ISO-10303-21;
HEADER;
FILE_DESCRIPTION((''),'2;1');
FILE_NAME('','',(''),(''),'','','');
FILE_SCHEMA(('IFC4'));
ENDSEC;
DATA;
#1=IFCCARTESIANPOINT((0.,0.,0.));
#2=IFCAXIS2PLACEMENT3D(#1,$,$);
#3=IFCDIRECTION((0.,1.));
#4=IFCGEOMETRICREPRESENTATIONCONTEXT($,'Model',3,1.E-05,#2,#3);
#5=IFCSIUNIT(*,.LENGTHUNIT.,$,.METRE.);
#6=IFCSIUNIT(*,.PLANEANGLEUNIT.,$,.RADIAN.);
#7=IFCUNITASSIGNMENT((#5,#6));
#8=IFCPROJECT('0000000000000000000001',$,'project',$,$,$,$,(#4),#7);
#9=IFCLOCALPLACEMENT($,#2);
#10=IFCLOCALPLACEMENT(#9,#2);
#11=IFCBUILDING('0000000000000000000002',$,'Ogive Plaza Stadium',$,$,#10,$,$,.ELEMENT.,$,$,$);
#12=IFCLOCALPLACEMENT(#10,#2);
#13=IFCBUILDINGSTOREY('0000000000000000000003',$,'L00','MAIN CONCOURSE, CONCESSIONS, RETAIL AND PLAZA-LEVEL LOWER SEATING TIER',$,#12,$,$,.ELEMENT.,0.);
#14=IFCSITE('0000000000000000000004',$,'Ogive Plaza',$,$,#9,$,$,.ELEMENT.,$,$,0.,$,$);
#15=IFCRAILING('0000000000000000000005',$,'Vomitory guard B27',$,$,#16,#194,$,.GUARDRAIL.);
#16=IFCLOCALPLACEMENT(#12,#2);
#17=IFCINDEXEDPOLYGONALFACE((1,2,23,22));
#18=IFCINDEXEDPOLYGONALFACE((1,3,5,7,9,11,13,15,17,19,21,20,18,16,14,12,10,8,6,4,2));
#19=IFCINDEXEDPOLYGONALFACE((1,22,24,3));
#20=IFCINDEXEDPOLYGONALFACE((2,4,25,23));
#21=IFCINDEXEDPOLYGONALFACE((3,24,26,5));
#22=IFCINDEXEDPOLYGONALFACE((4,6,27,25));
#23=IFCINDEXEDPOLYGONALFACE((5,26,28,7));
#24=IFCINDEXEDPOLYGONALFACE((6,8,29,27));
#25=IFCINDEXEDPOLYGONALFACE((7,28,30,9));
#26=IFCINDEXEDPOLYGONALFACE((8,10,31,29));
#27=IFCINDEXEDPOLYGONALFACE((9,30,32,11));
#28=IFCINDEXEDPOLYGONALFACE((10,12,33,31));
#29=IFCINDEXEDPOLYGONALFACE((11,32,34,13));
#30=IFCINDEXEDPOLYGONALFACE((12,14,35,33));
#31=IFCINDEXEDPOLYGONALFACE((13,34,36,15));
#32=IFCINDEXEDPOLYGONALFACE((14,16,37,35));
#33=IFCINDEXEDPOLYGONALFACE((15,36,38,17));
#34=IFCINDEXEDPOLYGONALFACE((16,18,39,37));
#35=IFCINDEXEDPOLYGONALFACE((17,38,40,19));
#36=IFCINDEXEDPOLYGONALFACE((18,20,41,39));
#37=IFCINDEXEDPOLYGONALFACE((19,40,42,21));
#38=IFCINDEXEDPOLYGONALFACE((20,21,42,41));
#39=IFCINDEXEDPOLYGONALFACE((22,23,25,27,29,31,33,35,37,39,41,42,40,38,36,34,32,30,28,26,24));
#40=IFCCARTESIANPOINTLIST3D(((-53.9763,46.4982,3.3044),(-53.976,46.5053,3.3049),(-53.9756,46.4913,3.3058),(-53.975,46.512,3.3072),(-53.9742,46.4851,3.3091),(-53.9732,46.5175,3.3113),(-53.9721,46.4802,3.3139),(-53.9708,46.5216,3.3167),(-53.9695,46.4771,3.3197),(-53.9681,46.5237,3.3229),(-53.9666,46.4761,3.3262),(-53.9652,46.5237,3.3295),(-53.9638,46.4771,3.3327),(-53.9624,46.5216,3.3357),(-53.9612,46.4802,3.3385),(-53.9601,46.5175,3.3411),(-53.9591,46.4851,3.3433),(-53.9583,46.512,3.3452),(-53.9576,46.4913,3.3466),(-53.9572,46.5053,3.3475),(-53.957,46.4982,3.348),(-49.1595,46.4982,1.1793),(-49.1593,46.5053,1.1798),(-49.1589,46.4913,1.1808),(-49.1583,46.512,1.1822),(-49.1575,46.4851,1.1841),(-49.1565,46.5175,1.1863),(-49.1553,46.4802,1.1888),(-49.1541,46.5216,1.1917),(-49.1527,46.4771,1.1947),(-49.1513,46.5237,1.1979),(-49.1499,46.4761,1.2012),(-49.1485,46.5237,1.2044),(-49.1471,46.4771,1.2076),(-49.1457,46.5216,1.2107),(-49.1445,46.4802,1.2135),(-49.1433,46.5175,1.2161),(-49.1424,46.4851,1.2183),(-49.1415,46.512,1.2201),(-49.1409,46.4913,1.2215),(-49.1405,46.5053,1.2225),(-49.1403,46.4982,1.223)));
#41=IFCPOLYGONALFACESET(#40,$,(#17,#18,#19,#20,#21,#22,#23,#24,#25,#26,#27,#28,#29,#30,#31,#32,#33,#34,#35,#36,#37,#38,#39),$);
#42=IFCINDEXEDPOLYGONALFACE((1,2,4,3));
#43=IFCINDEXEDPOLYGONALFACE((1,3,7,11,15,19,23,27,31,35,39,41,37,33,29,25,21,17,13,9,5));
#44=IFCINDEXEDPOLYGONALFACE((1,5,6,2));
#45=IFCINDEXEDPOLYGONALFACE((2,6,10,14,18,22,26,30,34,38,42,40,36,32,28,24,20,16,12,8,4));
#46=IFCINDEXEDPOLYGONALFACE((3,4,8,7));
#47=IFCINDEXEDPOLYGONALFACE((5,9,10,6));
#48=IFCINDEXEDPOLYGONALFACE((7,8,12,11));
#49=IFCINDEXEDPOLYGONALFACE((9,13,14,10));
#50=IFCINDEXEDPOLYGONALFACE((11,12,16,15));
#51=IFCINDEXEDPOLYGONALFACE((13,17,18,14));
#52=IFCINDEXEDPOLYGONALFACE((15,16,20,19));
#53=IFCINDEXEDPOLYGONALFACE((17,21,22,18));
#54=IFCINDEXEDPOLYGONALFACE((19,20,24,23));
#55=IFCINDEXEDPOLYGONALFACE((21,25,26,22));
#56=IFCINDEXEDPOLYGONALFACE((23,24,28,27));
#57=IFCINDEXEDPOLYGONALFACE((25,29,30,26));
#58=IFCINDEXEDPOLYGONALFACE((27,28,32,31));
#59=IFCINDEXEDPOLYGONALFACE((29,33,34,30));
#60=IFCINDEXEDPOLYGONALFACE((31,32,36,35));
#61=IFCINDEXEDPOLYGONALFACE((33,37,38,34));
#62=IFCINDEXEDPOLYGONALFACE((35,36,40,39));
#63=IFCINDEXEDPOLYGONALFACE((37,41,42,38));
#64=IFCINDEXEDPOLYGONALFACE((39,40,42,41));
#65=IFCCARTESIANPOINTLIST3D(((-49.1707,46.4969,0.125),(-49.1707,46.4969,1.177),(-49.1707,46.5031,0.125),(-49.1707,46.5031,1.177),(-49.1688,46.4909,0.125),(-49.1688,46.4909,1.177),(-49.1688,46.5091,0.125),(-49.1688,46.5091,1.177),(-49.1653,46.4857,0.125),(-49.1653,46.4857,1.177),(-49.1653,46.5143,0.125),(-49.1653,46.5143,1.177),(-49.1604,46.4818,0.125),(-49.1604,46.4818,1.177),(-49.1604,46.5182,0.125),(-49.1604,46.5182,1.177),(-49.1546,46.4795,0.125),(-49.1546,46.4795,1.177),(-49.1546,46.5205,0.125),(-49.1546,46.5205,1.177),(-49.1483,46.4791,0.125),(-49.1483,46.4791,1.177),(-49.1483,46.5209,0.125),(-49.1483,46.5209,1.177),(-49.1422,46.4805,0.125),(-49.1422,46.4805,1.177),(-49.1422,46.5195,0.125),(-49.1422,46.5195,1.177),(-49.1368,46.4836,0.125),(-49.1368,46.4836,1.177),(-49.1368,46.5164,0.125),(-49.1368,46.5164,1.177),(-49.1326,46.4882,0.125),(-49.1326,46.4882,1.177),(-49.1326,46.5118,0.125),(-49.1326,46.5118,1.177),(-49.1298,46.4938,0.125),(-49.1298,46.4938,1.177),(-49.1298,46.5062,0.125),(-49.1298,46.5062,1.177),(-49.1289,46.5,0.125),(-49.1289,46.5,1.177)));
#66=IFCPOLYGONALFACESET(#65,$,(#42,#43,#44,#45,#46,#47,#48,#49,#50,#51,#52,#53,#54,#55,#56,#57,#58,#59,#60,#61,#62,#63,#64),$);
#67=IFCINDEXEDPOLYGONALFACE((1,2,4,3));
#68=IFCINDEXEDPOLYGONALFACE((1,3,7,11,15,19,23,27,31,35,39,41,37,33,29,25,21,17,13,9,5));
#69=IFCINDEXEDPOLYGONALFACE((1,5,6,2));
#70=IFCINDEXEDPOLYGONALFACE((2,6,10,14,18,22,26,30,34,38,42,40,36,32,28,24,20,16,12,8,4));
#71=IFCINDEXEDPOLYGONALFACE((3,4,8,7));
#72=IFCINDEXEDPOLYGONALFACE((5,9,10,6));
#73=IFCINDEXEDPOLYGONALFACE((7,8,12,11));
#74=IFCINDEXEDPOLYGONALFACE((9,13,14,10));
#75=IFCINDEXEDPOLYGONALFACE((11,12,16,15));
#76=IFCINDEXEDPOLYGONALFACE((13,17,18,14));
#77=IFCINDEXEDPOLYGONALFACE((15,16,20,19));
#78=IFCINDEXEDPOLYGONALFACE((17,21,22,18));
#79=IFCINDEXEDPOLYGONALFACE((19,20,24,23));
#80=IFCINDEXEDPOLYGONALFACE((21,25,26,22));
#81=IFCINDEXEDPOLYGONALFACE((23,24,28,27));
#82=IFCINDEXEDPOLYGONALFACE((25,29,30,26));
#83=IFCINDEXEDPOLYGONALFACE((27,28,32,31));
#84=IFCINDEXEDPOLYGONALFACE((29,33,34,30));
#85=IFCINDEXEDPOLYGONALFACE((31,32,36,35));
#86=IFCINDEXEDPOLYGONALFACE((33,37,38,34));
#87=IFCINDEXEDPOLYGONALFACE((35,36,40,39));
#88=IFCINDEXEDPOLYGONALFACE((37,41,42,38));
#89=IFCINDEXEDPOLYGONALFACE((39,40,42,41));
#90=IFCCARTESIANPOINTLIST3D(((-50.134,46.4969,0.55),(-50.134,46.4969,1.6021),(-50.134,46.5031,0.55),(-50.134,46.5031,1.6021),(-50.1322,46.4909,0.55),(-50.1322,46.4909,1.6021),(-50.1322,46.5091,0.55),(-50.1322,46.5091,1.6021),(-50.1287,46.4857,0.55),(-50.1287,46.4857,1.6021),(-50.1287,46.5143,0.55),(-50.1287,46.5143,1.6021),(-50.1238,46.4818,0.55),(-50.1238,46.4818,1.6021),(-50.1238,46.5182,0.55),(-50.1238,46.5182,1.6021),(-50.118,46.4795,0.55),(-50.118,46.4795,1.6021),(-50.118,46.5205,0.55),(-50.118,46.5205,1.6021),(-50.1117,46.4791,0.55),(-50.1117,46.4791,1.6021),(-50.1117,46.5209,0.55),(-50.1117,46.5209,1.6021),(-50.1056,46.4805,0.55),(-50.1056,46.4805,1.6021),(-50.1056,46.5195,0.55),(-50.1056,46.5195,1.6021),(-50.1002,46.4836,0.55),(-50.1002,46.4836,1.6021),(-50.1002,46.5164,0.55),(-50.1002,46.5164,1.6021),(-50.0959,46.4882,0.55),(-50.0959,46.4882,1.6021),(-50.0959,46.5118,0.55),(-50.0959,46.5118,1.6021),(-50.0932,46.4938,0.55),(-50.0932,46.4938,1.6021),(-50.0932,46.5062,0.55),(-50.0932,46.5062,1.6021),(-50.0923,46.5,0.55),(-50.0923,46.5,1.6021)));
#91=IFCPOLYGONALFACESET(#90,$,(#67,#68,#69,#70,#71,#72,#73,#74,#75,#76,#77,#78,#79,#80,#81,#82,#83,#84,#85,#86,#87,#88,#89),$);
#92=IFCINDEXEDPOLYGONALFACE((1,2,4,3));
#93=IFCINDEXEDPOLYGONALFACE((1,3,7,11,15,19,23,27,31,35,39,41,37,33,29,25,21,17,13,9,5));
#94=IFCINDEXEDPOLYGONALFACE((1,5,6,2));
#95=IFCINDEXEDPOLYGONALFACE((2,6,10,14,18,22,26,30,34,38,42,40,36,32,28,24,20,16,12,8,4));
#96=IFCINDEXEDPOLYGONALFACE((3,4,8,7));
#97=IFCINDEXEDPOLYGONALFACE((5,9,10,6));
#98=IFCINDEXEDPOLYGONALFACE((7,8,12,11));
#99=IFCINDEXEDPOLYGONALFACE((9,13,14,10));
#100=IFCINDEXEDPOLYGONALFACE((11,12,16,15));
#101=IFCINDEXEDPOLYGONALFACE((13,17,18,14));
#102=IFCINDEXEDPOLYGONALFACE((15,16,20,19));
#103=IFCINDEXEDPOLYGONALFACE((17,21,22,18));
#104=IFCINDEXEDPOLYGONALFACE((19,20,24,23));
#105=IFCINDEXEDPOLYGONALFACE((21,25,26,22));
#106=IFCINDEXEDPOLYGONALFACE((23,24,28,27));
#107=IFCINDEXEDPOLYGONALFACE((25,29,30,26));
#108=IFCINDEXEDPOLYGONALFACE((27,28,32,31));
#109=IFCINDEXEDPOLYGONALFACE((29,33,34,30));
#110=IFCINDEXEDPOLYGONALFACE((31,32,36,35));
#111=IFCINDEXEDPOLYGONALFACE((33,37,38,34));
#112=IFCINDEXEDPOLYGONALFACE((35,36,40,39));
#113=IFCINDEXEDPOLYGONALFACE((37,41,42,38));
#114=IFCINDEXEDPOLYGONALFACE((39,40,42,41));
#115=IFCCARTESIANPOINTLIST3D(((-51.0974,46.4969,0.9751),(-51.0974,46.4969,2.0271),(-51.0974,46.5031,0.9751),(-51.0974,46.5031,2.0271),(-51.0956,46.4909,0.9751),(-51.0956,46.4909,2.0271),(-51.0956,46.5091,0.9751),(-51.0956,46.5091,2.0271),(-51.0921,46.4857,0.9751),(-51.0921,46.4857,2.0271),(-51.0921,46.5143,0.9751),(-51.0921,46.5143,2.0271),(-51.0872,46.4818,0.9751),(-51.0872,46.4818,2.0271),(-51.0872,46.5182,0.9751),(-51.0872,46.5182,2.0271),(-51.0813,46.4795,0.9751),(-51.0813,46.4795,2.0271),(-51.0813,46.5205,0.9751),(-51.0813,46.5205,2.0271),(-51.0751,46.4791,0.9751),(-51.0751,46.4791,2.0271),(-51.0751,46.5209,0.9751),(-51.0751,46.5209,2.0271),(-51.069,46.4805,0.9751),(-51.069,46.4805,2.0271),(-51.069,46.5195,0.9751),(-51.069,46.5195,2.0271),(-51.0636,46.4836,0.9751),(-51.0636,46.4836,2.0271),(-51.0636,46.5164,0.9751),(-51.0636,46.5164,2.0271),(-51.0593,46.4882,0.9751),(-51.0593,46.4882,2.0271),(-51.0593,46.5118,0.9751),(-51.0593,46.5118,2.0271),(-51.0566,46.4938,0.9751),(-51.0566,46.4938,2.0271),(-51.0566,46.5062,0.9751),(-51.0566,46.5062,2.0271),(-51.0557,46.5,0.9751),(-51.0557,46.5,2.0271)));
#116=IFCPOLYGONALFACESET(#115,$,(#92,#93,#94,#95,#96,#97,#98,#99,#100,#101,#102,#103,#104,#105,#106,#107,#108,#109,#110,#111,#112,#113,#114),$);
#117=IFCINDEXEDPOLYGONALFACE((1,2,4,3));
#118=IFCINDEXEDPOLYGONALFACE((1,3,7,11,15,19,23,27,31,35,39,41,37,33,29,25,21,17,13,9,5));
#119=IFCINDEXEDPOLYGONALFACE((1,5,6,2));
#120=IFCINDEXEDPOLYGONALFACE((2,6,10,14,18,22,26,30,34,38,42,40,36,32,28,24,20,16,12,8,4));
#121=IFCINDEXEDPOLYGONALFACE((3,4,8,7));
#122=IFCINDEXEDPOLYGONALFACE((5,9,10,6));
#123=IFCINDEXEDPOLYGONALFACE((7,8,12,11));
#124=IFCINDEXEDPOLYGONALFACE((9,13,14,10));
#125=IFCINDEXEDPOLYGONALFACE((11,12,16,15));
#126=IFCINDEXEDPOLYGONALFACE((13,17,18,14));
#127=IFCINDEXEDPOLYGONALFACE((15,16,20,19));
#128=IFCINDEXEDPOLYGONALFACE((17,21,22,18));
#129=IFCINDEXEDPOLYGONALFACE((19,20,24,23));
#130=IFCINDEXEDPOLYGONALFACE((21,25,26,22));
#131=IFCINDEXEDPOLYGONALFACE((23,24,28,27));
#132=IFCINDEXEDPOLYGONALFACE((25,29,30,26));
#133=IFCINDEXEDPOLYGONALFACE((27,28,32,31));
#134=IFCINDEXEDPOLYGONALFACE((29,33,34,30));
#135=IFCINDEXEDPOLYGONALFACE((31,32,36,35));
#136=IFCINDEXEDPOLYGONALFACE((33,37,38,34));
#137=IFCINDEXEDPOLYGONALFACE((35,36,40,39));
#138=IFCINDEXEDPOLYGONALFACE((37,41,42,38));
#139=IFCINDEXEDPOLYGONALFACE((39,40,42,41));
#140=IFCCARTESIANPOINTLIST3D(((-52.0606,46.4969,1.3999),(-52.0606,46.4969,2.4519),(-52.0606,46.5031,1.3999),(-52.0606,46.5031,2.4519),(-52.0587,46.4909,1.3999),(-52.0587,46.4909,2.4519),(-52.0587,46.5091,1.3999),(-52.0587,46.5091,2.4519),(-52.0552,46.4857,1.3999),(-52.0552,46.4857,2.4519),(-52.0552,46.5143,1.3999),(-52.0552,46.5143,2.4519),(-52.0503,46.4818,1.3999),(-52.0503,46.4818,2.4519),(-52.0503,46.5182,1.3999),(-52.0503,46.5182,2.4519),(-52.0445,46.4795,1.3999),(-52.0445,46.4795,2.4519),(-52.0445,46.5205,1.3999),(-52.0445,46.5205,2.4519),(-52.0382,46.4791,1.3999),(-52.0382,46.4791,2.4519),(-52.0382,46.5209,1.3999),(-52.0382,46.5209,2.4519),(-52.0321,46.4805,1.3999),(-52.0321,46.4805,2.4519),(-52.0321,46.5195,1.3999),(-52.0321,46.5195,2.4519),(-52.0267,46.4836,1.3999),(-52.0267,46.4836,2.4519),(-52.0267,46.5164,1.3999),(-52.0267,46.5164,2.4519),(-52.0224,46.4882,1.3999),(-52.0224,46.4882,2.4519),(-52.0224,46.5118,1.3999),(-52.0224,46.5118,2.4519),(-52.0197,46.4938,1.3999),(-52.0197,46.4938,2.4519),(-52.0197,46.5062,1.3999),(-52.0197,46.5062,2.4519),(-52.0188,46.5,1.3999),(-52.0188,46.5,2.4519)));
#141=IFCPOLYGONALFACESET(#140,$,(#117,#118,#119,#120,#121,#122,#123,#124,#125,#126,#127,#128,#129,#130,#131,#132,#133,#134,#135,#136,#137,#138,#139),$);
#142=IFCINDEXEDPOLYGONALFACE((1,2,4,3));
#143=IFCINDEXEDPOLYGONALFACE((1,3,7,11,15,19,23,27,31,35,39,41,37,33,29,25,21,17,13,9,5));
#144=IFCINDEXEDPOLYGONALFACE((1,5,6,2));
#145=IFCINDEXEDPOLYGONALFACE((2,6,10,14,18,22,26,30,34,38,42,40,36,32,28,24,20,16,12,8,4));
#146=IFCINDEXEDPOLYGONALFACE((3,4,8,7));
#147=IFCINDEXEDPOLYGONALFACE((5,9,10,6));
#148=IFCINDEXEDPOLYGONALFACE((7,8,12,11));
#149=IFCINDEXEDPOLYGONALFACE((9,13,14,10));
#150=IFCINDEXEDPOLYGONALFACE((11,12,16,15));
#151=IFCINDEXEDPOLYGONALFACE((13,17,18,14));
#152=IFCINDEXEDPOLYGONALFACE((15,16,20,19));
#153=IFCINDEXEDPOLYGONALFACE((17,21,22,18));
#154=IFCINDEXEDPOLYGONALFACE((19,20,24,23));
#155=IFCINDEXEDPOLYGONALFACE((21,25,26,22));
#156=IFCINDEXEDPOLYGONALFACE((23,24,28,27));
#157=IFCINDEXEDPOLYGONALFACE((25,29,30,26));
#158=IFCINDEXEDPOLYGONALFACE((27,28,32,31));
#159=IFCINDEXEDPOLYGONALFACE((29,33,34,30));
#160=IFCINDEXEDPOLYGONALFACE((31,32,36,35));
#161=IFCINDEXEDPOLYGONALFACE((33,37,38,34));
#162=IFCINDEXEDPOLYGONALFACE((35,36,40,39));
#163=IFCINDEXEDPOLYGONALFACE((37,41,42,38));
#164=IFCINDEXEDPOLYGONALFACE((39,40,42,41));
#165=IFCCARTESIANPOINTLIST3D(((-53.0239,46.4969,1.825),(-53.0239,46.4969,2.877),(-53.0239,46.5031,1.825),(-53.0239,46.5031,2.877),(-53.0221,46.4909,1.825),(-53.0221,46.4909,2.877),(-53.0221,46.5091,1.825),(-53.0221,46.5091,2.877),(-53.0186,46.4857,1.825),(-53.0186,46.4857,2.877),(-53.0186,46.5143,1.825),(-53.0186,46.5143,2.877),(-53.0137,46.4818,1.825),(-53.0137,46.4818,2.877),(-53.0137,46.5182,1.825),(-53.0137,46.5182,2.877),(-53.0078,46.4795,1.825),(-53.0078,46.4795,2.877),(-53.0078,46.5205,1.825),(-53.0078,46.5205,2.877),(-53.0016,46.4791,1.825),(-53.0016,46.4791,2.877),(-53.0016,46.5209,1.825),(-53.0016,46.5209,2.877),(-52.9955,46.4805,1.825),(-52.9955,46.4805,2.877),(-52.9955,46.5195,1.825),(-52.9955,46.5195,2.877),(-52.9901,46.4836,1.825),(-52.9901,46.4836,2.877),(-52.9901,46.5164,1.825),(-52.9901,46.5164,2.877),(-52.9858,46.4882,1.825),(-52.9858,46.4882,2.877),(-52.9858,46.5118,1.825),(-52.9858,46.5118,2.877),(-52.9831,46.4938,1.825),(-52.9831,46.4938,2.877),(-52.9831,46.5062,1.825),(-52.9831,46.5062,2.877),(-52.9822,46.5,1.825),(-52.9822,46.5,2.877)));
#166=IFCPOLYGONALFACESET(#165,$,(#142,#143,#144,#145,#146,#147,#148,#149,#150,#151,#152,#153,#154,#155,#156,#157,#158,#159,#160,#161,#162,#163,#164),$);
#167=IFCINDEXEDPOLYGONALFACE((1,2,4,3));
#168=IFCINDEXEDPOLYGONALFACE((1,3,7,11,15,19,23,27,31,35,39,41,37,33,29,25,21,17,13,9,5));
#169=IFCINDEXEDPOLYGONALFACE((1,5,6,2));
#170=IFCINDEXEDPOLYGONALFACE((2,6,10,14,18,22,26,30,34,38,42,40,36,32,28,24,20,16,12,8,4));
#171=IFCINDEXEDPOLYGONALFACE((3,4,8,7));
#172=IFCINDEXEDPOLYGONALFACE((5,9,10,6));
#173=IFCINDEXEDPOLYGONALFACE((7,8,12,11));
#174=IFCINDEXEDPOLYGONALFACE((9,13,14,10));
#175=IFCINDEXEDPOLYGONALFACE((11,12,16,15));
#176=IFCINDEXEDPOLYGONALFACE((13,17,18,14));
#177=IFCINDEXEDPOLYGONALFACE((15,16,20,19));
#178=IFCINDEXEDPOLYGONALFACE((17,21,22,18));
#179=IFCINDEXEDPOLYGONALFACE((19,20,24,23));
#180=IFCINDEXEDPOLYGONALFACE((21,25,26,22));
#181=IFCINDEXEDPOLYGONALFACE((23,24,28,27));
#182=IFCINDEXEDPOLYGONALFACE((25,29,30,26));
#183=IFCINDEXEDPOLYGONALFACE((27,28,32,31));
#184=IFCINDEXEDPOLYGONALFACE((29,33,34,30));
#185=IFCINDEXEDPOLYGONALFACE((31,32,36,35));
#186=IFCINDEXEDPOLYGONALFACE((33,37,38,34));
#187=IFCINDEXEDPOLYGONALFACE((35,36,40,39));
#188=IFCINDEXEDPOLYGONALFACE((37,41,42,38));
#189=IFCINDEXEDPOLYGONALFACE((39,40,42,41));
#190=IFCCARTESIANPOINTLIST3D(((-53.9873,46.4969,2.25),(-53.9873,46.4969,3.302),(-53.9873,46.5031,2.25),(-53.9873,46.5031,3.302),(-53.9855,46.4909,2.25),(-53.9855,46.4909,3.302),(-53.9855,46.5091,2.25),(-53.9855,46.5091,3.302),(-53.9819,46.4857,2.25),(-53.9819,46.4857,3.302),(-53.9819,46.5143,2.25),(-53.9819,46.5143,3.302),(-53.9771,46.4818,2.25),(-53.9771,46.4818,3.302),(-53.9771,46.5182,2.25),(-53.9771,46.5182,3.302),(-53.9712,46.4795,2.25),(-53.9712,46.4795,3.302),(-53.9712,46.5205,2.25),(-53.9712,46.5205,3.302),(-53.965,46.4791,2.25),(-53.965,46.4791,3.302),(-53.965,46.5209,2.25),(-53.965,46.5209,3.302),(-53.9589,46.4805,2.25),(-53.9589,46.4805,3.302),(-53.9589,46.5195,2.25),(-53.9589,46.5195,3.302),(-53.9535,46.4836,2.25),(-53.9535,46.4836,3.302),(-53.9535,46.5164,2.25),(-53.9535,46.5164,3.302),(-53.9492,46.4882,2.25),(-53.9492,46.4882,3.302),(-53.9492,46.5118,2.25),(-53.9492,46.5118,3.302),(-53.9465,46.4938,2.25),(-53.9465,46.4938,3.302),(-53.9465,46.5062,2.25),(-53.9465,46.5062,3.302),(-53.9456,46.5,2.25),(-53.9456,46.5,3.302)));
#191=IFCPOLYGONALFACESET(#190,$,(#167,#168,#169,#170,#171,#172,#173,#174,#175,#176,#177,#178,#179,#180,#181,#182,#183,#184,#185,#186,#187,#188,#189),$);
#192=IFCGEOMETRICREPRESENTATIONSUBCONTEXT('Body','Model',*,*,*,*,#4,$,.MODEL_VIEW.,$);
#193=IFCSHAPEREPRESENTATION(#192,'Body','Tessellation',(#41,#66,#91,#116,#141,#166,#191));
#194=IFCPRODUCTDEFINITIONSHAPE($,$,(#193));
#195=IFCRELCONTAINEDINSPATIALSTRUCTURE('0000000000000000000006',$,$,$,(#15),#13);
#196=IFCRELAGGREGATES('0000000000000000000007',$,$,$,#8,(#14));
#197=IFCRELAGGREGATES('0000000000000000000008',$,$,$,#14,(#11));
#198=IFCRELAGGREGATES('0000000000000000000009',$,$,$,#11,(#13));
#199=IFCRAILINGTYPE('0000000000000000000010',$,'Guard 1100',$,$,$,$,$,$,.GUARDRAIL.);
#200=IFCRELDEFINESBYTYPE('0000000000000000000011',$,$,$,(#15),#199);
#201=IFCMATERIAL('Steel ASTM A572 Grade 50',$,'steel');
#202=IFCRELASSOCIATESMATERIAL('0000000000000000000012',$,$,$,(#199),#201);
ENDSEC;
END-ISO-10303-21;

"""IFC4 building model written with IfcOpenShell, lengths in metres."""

from ifc_helpers import new_model, si_unit, direction, frame, origin, origin_2d, place, context, subcontext, project, spatial, circle, extrude, material, type_object, element, save


model = new_model("IFC4")

# Units and contexts
model_context = context("Model", 3, precision=1e-05, world=origin(), true_north=direction((0.0, 1.0)))
body_context = subcontext(model_context, "Body", "Model", "MODEL_VIEW")
ifc_project = project(units=[si_unit("LENGTHUNIT", "METRE"), si_unit("PLANEANGLEUNIT", "RADIAN")], contexts=[model_context])

# Site, building, storey
site_placement = place(None, origin())
site = spatial("IfcSite", under=ifc_project, at=site_placement, Name="Ogive Plaza", CompositionType="ELEMENT", RefElevation=0.0)
building_placement = place(site_placement, origin())
building = spatial("IfcBuilding", under=site, at=building_placement, Name="Ogive Plaza Stadium", CompositionType="ELEMENT")
storey_placement = place(building_placement, origin())
storey = spatial("IfcBuildingStorey", under=building, at=storey_placement, Name="L00", Description="MAIN CONCOURSE, CONCESSIONS, RETAIL AND PLAZA-LEVEL LOWER SEATING TIER", CompositionType="ELEMENT", Elevation=0.0)

# Railing
ifc_material_1 = material(Name="Steel ASTM A572 Grade 50", Category="steel")
railing_type = type_object("IfcRailingType", Name="Guard 1100", PredefinedType="GUARDRAIL", material=ifc_material_1)
railing_1_placement = place(storey_placement, frame((-49.1499, 46.5, 0.125)))
element("IfcRailing", 1, at=railing_1_placement, inside=storey, type_object=railing_type, Name="Vomitory guard B27", PredefinedType="GUARDRAIL", context=body_context, shape_type="SweptSolid", body=[
    extrude(circle(Radius=0.0239, at=origin_2d()), frame((0.0, 0.0, 1.0762), z_axis=(-0.914917, 0.0, 0.403641), x_axis=(0.0, -1.0, 0.0)), (0.0, 0.0, 1.0), 5.2646),
    extrude(circle(Radius=0.021, at=origin_2d()), origin(), (0.0, 0.0, 1.0), 1.052),
    extrude(circle(Radius=0.021, at=origin_2d()), frame((-0.9634, 0.0, 0.425)), (0.0, 0.0, 1.0), 1.052),
    extrude(circle(Radius=0.021, at=origin_2d()), frame((-1.9268, 0.0, 0.8501)), (0.0, 0.0, 1.0), 1.052),
    extrude(circle(Radius=0.021, at=origin_2d()), frame((-2.8899, 0.0, 1.2749)), (0.0, 0.0, 1.0), 1.052),
    extrude(circle(Radius=0.021, at=origin_2d()), frame((-3.8533, 0.0, 1.7)), (0.0, 0.0, 1.0), 1.052),
    extrude(circle(Radius=0.021, at=origin_2d()), frame((-4.8167, 0.0, 2.125)), (0.0, 0.0, 1.0), 1.052),
])

save(model, "model.ifc")
